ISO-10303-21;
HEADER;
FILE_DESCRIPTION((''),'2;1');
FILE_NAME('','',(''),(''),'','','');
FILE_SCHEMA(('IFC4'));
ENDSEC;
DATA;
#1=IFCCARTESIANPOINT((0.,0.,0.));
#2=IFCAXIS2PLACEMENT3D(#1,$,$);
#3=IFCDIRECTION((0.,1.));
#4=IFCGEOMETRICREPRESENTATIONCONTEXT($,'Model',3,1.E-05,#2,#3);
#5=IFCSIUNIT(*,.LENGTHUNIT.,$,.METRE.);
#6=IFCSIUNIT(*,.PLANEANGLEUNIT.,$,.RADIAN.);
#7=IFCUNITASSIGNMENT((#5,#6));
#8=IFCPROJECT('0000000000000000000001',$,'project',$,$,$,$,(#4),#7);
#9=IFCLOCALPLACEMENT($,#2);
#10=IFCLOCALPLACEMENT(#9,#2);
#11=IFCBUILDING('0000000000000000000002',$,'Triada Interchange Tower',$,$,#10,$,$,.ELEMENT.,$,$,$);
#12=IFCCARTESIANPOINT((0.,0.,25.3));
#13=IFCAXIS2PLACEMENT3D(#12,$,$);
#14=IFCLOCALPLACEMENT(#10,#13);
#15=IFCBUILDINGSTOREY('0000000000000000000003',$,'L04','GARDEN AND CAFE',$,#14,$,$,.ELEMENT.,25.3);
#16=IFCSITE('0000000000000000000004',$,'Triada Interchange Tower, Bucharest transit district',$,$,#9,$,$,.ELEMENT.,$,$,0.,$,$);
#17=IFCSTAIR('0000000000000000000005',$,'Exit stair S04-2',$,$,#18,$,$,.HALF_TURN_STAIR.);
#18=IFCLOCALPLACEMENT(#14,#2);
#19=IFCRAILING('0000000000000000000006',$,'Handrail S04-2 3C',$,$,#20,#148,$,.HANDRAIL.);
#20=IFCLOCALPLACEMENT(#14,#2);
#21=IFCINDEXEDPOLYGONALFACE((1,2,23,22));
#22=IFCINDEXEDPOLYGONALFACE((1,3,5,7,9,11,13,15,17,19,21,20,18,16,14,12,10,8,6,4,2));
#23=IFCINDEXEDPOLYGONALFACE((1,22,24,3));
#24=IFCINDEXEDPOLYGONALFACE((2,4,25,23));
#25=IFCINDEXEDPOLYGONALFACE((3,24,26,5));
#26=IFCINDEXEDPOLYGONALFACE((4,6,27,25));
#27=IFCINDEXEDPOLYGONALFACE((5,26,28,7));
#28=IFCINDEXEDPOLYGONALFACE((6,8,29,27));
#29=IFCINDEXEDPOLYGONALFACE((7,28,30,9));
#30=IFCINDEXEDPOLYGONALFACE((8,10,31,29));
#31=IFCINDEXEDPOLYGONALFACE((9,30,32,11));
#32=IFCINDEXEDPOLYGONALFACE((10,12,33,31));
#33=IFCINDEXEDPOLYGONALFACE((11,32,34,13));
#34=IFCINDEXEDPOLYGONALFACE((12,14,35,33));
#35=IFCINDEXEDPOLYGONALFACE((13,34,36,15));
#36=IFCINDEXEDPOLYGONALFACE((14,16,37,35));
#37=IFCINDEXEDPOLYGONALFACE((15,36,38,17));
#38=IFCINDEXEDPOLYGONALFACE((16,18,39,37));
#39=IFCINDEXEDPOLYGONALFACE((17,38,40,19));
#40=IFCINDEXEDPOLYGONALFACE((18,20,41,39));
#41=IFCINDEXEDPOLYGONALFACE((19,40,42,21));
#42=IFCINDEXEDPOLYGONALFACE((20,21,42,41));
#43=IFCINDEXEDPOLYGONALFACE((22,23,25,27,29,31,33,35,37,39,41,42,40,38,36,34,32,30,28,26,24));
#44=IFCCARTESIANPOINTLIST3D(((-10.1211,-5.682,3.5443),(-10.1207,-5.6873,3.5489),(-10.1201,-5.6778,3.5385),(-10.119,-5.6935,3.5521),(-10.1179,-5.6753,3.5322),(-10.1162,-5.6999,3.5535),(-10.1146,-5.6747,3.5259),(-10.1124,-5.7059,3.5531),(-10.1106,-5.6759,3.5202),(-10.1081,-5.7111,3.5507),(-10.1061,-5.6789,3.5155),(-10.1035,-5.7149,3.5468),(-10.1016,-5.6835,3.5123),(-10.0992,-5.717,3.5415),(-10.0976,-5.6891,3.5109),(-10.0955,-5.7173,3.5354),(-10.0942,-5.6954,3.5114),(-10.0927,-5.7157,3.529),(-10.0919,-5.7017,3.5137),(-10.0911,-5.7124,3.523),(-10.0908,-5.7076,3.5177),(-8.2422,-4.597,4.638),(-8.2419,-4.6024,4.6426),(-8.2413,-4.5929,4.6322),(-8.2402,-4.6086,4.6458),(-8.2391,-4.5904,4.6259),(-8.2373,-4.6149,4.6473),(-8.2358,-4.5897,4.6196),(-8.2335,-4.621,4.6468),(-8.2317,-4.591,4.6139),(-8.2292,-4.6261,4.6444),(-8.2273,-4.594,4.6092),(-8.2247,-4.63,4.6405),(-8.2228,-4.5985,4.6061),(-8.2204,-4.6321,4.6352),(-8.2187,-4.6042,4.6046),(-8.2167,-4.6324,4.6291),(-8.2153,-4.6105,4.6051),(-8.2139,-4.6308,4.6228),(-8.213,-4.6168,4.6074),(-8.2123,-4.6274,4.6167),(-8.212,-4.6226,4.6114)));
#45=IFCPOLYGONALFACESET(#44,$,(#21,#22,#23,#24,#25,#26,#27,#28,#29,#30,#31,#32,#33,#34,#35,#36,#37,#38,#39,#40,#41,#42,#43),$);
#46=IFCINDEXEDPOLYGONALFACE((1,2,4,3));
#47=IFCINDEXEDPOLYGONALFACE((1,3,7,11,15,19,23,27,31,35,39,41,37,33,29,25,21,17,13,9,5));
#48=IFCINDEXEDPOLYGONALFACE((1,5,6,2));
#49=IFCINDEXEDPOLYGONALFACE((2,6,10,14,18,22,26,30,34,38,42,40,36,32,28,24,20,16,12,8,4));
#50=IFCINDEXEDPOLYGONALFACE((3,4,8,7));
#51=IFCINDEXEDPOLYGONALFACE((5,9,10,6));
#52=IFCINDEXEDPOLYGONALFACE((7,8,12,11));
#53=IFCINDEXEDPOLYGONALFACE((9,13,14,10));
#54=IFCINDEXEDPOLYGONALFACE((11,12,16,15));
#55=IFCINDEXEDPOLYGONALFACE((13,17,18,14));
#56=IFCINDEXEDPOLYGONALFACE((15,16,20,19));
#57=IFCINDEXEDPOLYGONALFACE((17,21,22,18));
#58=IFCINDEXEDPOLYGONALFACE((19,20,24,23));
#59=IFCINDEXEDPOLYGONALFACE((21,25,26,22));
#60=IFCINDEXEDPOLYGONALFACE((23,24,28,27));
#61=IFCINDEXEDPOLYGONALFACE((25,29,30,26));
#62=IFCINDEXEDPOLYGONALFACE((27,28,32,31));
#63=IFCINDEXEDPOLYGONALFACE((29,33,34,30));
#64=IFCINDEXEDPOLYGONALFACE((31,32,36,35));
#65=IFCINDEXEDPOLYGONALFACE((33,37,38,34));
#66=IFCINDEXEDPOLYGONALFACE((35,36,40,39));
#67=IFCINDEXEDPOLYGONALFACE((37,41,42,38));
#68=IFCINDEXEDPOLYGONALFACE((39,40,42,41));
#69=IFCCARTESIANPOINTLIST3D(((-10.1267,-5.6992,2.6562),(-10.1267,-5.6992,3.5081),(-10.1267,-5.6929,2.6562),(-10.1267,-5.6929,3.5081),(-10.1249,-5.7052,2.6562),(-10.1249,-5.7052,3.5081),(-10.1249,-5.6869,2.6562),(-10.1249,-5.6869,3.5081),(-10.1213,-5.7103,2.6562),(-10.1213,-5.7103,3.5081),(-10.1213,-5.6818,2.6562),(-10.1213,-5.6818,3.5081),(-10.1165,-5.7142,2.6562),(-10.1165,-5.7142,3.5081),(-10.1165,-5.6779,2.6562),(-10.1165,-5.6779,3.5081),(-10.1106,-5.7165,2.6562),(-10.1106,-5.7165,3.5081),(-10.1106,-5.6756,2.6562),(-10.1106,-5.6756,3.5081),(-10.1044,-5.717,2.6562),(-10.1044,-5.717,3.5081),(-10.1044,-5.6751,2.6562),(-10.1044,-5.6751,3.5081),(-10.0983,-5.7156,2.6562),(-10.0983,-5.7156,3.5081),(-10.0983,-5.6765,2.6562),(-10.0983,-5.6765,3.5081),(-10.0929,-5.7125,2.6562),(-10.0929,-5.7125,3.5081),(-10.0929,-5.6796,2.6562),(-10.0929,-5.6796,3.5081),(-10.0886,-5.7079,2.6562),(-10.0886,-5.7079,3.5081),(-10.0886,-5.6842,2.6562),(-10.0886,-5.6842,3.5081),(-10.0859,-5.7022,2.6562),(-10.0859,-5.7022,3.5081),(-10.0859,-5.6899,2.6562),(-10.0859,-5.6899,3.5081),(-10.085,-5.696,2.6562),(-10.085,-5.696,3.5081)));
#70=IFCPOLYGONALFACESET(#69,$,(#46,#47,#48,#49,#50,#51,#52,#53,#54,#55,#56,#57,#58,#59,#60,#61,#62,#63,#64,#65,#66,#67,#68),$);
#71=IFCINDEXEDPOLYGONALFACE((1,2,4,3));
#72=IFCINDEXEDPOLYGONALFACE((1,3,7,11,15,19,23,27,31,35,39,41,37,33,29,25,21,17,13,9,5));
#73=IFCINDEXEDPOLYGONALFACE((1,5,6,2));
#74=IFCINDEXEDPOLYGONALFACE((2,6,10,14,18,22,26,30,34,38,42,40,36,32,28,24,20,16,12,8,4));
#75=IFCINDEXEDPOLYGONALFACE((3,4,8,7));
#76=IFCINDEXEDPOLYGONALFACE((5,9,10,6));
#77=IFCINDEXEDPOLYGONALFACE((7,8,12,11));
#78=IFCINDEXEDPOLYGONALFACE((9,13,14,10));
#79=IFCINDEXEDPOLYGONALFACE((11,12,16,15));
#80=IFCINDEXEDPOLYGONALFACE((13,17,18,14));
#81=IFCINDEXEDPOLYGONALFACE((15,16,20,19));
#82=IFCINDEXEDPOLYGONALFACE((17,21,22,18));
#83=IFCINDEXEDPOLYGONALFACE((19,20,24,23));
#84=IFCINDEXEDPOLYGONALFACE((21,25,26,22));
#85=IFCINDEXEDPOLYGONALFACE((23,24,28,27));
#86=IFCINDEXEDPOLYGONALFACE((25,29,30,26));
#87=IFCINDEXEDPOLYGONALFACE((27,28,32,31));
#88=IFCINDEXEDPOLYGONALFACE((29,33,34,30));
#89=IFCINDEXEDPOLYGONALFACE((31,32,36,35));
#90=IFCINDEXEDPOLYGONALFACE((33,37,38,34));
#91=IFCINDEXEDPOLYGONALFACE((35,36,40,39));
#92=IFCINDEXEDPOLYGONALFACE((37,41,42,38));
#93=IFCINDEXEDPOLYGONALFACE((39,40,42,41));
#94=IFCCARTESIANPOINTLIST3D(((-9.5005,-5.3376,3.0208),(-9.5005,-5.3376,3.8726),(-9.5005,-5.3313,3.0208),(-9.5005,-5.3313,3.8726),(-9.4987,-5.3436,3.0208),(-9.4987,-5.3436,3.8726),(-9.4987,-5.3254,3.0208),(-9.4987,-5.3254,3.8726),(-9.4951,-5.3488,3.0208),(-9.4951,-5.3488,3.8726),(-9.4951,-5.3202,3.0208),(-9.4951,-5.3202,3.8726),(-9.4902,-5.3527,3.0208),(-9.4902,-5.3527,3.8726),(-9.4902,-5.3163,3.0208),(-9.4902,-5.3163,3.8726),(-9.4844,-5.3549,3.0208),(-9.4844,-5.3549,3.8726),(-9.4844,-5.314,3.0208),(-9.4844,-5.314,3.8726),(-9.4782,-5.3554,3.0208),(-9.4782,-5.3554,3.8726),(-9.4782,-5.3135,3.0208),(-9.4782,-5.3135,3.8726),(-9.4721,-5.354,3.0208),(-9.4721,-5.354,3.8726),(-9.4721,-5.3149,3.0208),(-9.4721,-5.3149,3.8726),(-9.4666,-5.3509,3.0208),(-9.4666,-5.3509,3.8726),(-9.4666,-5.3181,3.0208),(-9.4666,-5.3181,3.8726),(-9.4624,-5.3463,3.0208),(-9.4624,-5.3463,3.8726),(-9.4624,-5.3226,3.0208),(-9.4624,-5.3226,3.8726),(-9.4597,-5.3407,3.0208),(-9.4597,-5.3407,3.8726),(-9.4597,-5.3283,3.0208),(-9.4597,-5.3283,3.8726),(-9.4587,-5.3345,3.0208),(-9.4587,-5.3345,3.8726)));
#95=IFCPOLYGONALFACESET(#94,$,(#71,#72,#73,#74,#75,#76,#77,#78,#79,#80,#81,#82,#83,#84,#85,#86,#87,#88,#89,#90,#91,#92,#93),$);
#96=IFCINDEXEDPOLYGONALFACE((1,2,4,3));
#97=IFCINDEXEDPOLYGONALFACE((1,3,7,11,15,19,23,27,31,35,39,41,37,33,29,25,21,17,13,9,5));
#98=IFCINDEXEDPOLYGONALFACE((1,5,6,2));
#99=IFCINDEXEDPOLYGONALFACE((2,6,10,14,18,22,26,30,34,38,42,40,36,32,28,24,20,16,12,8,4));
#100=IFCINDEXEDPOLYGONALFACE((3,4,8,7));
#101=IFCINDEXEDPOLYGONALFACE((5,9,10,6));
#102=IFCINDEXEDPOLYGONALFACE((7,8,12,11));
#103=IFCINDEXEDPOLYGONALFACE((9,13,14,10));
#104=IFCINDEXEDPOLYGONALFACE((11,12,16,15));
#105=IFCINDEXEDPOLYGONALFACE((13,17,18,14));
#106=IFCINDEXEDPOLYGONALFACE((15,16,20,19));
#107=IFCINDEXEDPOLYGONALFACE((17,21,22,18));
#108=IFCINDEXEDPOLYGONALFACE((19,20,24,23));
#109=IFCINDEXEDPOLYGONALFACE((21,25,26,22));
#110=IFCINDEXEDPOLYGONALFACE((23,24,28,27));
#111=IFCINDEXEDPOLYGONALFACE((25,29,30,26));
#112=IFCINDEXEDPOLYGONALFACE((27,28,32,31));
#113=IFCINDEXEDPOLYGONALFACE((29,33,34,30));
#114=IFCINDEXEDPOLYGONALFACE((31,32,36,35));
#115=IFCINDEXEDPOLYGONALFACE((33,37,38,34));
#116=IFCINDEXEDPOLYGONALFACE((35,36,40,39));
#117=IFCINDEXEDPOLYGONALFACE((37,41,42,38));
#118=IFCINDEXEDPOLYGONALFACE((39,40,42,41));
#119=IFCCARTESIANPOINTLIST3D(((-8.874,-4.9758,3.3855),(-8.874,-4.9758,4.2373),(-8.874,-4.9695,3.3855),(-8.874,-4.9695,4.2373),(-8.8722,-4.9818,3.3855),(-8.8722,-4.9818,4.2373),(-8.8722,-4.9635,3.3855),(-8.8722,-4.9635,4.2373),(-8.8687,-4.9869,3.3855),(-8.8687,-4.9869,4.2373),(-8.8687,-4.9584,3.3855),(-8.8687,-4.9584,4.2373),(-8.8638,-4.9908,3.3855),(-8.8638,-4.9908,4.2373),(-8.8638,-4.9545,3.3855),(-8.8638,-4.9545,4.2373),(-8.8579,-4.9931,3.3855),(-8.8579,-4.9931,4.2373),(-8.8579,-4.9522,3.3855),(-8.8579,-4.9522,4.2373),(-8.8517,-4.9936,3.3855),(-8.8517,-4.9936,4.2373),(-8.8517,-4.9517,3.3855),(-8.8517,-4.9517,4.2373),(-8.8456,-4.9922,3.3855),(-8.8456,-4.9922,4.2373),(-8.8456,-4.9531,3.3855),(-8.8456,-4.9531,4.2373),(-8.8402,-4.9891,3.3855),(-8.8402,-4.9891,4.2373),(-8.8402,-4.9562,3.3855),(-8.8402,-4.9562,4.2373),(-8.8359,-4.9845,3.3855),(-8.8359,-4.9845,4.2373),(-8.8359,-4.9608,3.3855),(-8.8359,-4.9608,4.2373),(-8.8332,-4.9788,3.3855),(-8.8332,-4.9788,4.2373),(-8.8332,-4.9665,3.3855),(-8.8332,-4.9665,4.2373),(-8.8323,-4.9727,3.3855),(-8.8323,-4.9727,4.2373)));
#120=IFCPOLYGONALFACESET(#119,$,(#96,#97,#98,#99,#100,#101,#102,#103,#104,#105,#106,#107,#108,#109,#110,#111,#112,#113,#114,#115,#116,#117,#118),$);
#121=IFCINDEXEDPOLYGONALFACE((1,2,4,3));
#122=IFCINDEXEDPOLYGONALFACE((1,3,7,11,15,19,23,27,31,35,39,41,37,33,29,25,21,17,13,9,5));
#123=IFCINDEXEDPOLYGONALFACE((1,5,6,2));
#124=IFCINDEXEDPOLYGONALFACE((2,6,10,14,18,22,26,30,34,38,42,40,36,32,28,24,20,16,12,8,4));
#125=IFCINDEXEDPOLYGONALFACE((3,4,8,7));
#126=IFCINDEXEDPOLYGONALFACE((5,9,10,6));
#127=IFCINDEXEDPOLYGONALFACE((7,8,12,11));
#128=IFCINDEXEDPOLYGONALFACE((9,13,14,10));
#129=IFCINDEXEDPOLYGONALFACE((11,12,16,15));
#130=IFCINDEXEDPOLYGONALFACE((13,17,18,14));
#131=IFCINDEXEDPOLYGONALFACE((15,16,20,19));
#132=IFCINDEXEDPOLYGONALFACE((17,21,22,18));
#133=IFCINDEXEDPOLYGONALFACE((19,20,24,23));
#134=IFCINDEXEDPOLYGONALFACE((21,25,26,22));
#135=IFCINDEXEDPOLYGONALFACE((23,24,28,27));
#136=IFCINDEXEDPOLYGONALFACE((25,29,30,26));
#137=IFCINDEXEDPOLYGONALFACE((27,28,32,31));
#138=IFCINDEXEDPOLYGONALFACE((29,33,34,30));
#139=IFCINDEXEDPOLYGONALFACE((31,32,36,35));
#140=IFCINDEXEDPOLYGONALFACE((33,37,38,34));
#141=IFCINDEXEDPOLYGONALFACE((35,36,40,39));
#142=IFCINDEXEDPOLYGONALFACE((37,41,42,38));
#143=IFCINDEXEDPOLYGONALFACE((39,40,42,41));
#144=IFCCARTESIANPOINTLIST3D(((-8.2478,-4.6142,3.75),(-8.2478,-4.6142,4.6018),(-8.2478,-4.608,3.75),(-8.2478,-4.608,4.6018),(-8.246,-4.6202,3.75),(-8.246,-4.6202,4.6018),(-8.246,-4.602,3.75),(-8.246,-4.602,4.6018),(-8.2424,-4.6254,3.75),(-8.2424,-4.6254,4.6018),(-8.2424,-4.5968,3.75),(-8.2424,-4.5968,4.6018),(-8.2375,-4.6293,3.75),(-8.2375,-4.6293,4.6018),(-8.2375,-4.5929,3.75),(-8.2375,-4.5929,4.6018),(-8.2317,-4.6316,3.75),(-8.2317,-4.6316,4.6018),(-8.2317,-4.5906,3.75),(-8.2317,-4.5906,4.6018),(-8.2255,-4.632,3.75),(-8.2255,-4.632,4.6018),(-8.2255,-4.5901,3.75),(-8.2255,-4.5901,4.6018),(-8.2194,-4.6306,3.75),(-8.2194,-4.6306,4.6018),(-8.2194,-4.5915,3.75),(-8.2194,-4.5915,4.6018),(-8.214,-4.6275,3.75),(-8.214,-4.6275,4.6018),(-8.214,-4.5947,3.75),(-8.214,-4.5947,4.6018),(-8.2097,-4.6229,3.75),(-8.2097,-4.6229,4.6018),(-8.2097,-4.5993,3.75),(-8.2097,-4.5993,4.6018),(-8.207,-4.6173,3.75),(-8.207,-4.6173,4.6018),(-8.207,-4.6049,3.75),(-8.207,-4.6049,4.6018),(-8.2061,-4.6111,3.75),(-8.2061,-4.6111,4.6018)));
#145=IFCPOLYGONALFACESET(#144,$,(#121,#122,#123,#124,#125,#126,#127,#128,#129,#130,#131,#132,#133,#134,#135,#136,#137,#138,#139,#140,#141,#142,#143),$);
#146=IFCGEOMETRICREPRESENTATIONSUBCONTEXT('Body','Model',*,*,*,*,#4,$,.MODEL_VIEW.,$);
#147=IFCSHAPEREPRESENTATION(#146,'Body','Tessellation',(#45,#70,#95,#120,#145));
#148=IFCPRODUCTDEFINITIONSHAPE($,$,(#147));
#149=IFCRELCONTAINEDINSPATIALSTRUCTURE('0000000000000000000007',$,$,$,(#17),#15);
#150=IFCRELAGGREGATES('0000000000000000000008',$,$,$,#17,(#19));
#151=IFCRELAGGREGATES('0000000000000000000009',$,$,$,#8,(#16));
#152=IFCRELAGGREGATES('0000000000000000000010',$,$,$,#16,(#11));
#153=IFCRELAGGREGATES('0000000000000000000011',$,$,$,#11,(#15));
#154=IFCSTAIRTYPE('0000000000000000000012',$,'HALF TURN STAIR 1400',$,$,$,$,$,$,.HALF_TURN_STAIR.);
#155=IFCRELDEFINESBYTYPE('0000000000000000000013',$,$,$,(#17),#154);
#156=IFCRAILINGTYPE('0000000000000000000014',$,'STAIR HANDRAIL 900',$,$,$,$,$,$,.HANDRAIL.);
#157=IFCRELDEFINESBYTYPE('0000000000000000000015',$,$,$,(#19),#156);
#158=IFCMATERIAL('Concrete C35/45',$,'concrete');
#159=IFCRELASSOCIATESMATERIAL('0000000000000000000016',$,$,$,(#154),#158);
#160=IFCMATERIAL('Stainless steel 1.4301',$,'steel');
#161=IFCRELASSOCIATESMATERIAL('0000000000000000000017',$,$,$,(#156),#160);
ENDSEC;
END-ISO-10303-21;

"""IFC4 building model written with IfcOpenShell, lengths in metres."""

from ifc_helpers import new_model, si_unit, direction, frame, origin, origin_2d, place, context, subcontext, project, spatial, circle, extrude, material, type_object, element, aggregate, save


model = new_model("IFC4")

# Units and contexts
model_context = context("Model", 3, precision=1e-05, world=origin(), true_north=direction((0.0, 1.0)))
body_context = subcontext(model_context, "Body", "Model", "MODEL_VIEW")
ifc_project = project(units=[si_unit("LENGTHUNIT", "METRE"), si_unit("PLANEANGLEUNIT", "RADIAN")], contexts=[model_context])

# Site, building, storey
site_placement = place(None, origin())
site = spatial("IfcSite", under=ifc_project, at=site_placement, Name="Triada Interchange Tower, Bucharest transit district", CompositionType="ELEMENT", RefElevation=0.0)
building_placement = place(site_placement, origin())
building = spatial("IfcBuilding", under=site, at=building_placement, Name="Triada Interchange Tower", CompositionType="ELEMENT")
storey_placement = place(building_placement, frame((0.0, 0.0, 25.3)))
storey = spatial("IfcBuildingStorey", under=building, at=storey_placement, Name="L04", Description="GARDEN AND CAFE", CompositionType="ELEMENT", Elevation=25.3)

# Stair, railing
ifc_material_1 = material(Name="Concrete C35/45", Category="concrete")
stair_type = type_object("IfcStairType", Name="HALF TURN STAIR 1400", PredefinedType="HALF_TURN_STAIR", material=ifc_material_1)
stair_placement = place(storey_placement, origin())
stair = element("IfcStair", 1, at=stair_placement, inside=storey, type_object=stair_type, Name="Exit stair S04-2", PredefinedType="HALF_TURN_STAIR")
ifc_material_2 = material(Name="Stainless steel 1.4301", Category="steel")
railing_type_1 = type_object("IfcRailingType", Name="STAIR HANDRAIL 900", PredefinedType="HANDRAIL", material=ifc_material_2)
railing_1_placement = place(storey_placement, frame((-10.106, -5.696, 2.6562)))
railing_1 = element("IfcRailing", 2, at=railing_1_placement, type_object=railing_type_1, Name="Handrail S04-2 3C", PredefinedType="HANDRAIL", context=body_context, shape_type="SweptSolid", body=[
    extrude(circle(Radius=0.0239, at=origin_2d()), frame((0.0, 0.0, 0.876), z_axis=(0.77329, 0.446531, 0.450148), x_axis=(-0.50006, 0.865991, 0.0)), (0.0, 0.0, 1.0), 2.4297),
    extrude(circle(Radius=0.021, at=origin_2d()), origin(), (0.0, 0.0, 1.0), 0.8518),
    extrude(circle(Radius=0.021, at=origin_2d()), frame((0.6262, 0.3616, 0.3645)), (0.0, 0.0, 1.0), 0.8518),
    extrude(circle(Radius=0.021, at=origin_2d()), frame((1.2527, 0.7234, 0.7292)), (0.0, 0.0, 1.0), 0.8518),
    extrude(circle(Radius=0.021, at=origin_2d()), frame((1.8789, 1.085, 1.0938)), (0.0, 0.0, 1.0), 0.8518),
])
aggregate(stair, [railing_1])

save(model, "model.ifc")
